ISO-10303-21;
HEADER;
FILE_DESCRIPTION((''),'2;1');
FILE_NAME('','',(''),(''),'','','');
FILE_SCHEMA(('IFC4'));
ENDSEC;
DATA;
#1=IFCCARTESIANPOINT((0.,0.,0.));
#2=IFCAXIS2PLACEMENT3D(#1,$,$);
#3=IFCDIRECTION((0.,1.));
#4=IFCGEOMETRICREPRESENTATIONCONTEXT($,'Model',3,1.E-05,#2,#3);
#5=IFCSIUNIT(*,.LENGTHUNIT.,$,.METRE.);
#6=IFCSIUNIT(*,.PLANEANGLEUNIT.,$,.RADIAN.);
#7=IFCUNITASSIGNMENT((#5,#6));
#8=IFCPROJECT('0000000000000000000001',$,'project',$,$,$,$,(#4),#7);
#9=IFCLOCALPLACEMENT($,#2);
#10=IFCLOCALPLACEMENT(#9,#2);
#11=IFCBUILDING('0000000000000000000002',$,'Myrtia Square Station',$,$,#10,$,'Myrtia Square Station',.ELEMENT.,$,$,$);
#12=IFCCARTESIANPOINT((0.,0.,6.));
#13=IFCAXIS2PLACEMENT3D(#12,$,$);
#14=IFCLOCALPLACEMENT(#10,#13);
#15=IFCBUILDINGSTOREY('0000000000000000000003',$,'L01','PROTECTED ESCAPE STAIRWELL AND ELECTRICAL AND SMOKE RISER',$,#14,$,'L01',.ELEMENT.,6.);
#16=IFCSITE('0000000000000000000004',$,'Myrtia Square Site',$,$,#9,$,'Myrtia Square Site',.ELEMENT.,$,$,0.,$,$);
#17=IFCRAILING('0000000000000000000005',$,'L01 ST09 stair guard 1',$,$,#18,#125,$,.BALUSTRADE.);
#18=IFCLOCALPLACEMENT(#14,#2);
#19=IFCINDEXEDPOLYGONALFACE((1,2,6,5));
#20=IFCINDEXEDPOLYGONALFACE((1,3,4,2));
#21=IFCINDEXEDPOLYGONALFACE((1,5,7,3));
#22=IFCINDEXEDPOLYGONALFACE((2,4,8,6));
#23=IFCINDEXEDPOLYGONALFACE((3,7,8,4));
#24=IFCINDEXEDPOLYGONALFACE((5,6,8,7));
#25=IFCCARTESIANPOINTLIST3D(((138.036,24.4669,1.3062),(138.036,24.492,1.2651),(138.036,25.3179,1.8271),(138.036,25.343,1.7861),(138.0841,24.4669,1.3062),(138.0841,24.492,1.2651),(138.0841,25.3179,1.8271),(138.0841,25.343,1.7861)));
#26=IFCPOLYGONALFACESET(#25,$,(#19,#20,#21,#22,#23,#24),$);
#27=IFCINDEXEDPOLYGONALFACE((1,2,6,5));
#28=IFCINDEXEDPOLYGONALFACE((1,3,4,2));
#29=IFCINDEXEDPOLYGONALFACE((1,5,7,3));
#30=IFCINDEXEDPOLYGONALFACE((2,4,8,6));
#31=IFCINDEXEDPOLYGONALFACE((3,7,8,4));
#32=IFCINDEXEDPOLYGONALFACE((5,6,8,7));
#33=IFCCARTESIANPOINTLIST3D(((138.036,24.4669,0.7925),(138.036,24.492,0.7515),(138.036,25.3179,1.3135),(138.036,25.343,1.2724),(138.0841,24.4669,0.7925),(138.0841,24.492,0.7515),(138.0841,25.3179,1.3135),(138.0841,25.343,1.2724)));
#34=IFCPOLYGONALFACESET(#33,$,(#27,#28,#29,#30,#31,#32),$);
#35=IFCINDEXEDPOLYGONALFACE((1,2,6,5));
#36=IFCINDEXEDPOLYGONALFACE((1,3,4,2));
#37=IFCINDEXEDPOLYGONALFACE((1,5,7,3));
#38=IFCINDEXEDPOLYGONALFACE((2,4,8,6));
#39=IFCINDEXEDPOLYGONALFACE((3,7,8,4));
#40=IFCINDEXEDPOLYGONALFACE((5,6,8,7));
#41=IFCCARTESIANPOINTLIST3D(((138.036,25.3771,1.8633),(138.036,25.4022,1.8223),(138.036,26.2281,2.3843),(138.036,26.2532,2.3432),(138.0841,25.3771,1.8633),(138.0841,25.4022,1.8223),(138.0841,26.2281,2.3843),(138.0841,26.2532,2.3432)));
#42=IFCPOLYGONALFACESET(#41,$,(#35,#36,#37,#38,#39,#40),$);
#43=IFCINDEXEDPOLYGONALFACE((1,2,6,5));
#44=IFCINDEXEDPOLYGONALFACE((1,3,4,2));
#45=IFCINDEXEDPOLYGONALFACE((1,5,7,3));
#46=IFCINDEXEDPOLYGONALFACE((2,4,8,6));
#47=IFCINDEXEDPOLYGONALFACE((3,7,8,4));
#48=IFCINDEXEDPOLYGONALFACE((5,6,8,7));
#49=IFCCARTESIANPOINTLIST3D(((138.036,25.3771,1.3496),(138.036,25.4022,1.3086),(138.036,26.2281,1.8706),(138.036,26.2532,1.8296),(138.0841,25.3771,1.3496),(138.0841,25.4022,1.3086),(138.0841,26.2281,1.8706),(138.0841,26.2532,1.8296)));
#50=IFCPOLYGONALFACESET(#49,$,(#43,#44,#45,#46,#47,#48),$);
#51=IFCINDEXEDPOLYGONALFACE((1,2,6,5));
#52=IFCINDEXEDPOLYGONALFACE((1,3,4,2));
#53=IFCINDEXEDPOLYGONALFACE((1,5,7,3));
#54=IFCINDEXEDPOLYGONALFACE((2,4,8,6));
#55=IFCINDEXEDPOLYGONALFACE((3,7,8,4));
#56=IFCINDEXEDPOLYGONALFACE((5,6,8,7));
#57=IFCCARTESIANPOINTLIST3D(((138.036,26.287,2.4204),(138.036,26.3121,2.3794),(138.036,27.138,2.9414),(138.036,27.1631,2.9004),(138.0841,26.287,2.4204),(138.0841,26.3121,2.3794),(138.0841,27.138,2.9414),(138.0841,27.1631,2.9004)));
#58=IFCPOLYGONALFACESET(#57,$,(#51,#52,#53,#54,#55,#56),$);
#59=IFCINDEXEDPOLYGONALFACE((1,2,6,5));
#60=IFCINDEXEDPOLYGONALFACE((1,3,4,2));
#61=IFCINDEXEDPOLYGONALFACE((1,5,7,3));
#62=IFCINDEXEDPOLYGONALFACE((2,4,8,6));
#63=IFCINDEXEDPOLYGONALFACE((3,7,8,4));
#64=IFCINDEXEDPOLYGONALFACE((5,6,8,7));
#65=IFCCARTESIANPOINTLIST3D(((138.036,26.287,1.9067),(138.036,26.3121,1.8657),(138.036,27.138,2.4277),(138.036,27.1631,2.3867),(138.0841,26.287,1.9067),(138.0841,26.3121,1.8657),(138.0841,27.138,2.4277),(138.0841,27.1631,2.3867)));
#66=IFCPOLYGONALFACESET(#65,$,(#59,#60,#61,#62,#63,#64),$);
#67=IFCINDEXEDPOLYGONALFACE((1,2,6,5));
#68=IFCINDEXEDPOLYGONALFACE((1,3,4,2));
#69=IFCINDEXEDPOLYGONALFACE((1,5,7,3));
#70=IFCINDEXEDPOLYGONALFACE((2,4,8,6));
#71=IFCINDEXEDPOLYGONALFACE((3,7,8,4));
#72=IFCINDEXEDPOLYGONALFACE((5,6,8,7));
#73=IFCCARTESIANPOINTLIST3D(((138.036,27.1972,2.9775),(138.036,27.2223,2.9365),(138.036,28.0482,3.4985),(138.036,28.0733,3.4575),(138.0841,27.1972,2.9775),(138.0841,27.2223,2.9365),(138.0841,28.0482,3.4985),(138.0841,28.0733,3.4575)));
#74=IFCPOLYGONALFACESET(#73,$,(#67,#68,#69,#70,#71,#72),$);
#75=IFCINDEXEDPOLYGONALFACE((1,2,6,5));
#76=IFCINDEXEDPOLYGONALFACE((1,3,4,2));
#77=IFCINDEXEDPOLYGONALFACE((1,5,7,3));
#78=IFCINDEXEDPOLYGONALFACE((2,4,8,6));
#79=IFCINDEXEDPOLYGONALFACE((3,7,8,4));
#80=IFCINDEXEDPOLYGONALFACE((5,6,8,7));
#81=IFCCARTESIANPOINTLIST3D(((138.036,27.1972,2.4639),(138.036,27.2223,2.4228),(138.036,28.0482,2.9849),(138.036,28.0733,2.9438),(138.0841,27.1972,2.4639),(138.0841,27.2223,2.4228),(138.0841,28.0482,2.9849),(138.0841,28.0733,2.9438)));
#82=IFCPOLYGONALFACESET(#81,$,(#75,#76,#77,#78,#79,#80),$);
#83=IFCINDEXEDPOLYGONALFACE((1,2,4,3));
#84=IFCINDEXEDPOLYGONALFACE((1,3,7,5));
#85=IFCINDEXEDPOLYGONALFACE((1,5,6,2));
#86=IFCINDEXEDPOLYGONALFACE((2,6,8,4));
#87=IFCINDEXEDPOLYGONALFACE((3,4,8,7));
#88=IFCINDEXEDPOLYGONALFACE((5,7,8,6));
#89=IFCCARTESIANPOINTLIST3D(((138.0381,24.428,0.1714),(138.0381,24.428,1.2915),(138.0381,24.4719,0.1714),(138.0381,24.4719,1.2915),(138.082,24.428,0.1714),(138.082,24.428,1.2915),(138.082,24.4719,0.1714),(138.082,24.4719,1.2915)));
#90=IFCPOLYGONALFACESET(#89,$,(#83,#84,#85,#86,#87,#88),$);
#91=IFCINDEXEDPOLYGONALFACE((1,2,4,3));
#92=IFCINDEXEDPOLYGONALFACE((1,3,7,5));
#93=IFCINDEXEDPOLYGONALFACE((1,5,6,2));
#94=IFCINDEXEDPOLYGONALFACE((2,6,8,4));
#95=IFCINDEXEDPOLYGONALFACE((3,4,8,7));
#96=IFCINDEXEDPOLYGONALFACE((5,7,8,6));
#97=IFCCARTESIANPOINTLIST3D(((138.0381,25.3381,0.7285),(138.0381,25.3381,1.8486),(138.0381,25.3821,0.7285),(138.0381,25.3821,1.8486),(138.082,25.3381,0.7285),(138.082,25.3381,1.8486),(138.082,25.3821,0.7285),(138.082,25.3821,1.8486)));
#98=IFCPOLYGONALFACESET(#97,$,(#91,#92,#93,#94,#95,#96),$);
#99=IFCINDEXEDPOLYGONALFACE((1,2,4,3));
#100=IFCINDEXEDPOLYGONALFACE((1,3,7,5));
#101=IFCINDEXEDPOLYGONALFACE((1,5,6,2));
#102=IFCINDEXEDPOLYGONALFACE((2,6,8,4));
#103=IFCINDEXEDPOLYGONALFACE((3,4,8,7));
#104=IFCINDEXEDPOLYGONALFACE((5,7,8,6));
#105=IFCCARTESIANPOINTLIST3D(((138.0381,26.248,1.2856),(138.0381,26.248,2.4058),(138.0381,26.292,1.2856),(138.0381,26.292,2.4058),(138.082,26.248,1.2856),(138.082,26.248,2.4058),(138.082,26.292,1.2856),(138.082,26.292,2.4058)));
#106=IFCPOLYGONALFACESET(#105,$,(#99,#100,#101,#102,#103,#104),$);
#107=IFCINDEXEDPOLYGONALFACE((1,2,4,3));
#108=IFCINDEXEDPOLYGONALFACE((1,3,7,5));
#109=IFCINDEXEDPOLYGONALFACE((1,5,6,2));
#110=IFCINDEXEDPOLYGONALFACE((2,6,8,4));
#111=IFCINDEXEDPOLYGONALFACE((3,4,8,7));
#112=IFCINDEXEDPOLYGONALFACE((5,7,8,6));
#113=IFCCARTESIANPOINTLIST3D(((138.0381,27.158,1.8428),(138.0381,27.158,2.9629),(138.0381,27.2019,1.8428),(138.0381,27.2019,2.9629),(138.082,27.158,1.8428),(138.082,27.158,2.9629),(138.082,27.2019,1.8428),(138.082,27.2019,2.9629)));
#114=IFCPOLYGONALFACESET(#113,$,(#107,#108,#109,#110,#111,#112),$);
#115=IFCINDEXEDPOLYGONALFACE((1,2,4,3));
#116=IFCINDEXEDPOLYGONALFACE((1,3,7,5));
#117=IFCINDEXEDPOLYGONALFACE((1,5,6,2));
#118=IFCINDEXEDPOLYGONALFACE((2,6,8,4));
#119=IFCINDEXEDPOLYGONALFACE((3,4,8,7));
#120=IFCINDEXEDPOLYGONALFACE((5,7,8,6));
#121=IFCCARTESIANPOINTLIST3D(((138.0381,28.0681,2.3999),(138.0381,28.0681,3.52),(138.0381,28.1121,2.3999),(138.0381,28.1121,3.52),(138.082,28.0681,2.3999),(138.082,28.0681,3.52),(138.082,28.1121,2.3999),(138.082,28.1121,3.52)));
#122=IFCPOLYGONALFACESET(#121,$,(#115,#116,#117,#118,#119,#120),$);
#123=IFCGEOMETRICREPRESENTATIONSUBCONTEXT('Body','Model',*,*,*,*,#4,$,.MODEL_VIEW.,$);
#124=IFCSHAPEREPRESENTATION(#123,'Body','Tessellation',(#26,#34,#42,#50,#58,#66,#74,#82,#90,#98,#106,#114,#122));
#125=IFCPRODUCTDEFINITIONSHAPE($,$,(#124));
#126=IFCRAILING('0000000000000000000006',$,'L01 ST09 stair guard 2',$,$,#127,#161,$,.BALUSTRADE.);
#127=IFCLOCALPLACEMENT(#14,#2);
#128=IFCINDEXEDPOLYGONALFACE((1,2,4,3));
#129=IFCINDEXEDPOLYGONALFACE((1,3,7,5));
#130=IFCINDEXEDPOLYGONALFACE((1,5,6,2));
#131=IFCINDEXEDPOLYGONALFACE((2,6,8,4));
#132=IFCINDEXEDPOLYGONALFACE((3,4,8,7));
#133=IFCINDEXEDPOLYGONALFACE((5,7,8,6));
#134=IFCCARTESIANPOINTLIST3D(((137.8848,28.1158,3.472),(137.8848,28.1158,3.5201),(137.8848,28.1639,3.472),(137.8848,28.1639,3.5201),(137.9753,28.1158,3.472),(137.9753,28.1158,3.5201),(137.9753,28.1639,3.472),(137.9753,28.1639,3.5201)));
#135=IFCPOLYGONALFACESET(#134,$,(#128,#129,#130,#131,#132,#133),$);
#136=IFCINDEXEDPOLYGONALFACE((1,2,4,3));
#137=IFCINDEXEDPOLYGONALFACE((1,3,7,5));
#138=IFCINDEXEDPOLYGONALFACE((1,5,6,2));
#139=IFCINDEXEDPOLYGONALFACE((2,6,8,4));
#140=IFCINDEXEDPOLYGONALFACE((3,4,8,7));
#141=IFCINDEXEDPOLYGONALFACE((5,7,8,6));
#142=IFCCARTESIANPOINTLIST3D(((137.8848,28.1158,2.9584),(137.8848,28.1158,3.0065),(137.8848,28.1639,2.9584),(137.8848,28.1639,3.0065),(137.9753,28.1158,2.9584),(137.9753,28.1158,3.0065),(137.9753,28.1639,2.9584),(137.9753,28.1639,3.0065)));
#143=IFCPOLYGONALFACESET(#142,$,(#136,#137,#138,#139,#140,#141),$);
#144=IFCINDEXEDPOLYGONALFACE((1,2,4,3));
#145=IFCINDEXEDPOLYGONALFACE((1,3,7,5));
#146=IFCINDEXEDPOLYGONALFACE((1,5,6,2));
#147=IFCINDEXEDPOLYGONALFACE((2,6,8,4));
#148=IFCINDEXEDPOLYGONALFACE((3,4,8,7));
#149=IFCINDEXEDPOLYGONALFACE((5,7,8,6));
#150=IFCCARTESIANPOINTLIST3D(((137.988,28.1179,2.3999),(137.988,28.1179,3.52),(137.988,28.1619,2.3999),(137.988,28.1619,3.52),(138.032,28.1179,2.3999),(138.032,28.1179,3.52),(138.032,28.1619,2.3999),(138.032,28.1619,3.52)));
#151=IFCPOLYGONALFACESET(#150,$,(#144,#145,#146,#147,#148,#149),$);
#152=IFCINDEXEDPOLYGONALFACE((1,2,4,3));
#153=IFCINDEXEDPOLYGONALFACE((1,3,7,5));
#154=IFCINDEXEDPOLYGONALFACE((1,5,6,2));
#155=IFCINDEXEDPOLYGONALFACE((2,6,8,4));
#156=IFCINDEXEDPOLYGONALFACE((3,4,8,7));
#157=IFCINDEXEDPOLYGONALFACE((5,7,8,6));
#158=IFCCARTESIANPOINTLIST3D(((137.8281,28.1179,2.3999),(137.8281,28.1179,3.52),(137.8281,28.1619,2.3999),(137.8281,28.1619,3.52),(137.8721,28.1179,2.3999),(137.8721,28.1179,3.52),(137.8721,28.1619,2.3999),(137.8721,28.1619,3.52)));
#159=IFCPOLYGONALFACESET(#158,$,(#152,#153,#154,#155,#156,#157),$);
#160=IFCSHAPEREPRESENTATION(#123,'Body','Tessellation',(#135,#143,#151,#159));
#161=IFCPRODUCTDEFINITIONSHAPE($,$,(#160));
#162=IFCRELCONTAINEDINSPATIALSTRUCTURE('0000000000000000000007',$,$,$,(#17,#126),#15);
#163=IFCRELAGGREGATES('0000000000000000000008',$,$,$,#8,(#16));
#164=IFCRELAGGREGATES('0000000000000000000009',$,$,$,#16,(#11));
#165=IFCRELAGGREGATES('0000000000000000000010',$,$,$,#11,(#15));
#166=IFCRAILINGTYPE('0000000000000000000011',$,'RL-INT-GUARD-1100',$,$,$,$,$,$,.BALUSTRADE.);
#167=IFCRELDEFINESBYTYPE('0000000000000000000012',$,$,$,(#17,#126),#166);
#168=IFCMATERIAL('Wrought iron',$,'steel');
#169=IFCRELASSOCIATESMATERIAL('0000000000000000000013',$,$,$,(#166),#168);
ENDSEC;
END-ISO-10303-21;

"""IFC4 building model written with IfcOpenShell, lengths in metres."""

from ifc_helpers import new_model, si_unit, direction, frame, origin, origin_2d, place, context, subcontext, project, spatial, rectangle, extrude, material, type_object, element, save


model = new_model("IFC4")

# Units and contexts
model_context = context("Model", 3, precision=1e-05, world=origin(), true_north=direction((0.0, 1.0)))
body_context = subcontext(model_context, "Body", "Model", "MODEL_VIEW")
ifc_project = project(units=[si_unit("LENGTHUNIT", "METRE"), si_unit("PLANEANGLEUNIT", "RADIAN")], contexts=[model_context])

# Site, building, storey
site_placement = place(None, origin())
site = spatial("IfcSite", under=ifc_project, at=site_placement, Name="Myrtia Square Site", LongName="Myrtia Square Site", CompositionType="ELEMENT", RefElevation=0.0)
building_placement = place(site_placement, origin())
building = spatial("IfcBuilding", under=site, at=building_placement, Name="Myrtia Square Station", LongName="Myrtia Square Station", CompositionType="ELEMENT")
storey_placement = place(building_placement, frame((0.0, 0.0, 6.0)))
storey = spatial("IfcBuildingStorey", under=building, at=storey_placement, Name="L01", Description="PROTECTED ESCAPE STAIRWELL AND ELECTRICAL AND SMOKE RISER", LongName="L01", CompositionType="ELEMENT", Elevation=6.0)

# Railings
ifc_material_1 = material(Name="Wrought iron", Category="steel")
railing_type_1 = type_object("IfcRailingType", Name="RL-INT-GUARD-1100", PredefinedType="BALUSTRADE", material=ifc_material_1)
railing_1_placement = place(storey_placement, frame((138.0601, 24.45, 0.1714)))
element("IfcRailing", 1, at=railing_1_placement, inside=storey, type_object=railing_type_1, Name="L01 ST09 stair guard 1", PredefinedType="BALUSTRADE", context=body_context, shape_type="SweptSolid", body=[
    extrude(rectangle(XDim=0.0481, YDim=0.0481, at=origin_2d()), frame((0.0, 0.0295, 1.1143), z_axis=(0.0, 0.852866, 0.52213), x_axis=(-1.0, 0.0, 0.0)), (0.0, 0.0, 1.0), 0.9978),
    extrude(rectangle(XDim=0.0481, YDim=0.0481, at=origin_2d()), frame((0.0, 0.0295, 0.6006), z_axis=(0.0, 0.852866, 0.52213), x_axis=(-1.0, 0.0, 0.0)), (0.0, 0.0, 1.0), 0.9978),
    extrude(rectangle(XDim=0.0481, YDim=0.0481, at=origin_2d()), frame((0.0, 0.9397, 1.6714), z_axis=(0.0, 0.852866, 0.52213), x_axis=(-1.0, 0.0, 0.0)), (0.0, 0.0, 1.0), 0.9978),
    extrude(rectangle(XDim=0.0481, YDim=0.0481, at=origin_2d()), frame((0.0, 0.9397, 1.1577), z_axis=(0.0, 0.852866, 0.52213), x_axis=(-1.0, 0.0, 0.0)), (0.0, 0.0, 1.0), 0.9978),
    extrude(rectangle(XDim=0.0481, YDim=0.0481, at=origin_2d()), frame((0.0, 1.8496, 2.2285), z_axis=(0.0, 0.852866, 0.52213), x_axis=(-1.0, 0.0, 0.0)), (0.0, 0.0, 1.0), 0.9978),
    extrude(rectangle(XDim=0.0481, YDim=0.0481, at=origin_2d()), frame((0.0, 1.8496, 1.7148), z_axis=(0.0, 0.852866, 0.52213), x_axis=(-1.0, 0.0, 0.0)), (0.0, 0.0, 1.0), 0.9978),
    extrude(rectangle(XDim=0.0481, YDim=0.0481, at=origin_2d()), frame((0.0, 2.7598, 2.7856), z_axis=(0.0, 0.852866, 0.52213), x_axis=(-1.0, 0.0, 0.0)), (0.0, 0.0, 1.0), 0.9978),
    extrude(rectangle(XDim=0.0481, YDim=0.0481, at=origin_2d()), frame((0.0, 2.7598, 2.272), z_axis=(0.0, 0.852866, 0.52213), x_axis=(-1.0, 0.0, 0.0)), (0.0, 0.0, 1.0), 0.9978),
    extrude(rectangle(XDim=0.0439, YDim=0.0439, at=origin_2d()), origin(), (0.0, 0.0, 1.0), 1.1201),
    extrude(rectangle(XDim=0.0439, YDim=0.0439, at=origin_2d()), frame((0.0, 0.9102, 0.5571)), (0.0, 0.0, 1.0), 1.1201),
    extrude(rectangle(XDim=0.0439, YDim=0.0439, at=origin_2d()), frame((0.0, 1.8201, 1.1143)), (0.0, 0.0, 1.0), 1.1201),
    extrude(rectangle(XDim=0.0439, YDim=0.0439, at=origin_2d()), frame((0.0, 2.73, 1.6714)), (0.0, 0.0, 1.0), 1.1201),
    extrude(rectangle(XDim=0.0439, YDim=0.0439, at=origin_2d()), frame((0.0, 3.6401, 2.2285)), (0.0, 0.0, 1.0), 1.1201),
])
railing_2_placement = place(storey_placement, frame((138.01, 28.1399, 2.3999)))
element("IfcRailing", 2, at=railing_2_placement, inside=storey, type_object=railing_type_1, Name="L01 ST09 stair guard 2", PredefinedType="BALUSTRADE", context=body_context, shape_type="SweptSolid", body=[
    extrude(rectangle(XDim=0.0481, YDim=0.0481, at=origin_2d()), frame((-0.0347, 0.0, 1.0962), z_axis=(-1.0, 0.0, 0.0), x_axis=(0.0, -1.0, 0.0)), (0.0, 0.0, 1.0), 0.0906),
    extrude(rectangle(XDim=0.0481, YDim=0.0481, at=origin_2d()), frame((-0.0347, 0.0, 0.5825), z_axis=(-1.0, 0.0, 0.0), x_axis=(0.0, -1.0, 0.0)), (0.0, 0.0, 1.0), 0.0906),
    extrude(rectangle(XDim=0.0439, YDim=0.0439, at=origin_2d()), origin(), (0.0, 0.0, 1.0), 1.1201),
    extrude(rectangle(XDim=0.0439, YDim=0.0439, at=origin_2d()), frame((-0.1599, 0.0, 0.0)), (0.0, 0.0, 1.0), 1.1201),
])

save(model, "model.ifc")
